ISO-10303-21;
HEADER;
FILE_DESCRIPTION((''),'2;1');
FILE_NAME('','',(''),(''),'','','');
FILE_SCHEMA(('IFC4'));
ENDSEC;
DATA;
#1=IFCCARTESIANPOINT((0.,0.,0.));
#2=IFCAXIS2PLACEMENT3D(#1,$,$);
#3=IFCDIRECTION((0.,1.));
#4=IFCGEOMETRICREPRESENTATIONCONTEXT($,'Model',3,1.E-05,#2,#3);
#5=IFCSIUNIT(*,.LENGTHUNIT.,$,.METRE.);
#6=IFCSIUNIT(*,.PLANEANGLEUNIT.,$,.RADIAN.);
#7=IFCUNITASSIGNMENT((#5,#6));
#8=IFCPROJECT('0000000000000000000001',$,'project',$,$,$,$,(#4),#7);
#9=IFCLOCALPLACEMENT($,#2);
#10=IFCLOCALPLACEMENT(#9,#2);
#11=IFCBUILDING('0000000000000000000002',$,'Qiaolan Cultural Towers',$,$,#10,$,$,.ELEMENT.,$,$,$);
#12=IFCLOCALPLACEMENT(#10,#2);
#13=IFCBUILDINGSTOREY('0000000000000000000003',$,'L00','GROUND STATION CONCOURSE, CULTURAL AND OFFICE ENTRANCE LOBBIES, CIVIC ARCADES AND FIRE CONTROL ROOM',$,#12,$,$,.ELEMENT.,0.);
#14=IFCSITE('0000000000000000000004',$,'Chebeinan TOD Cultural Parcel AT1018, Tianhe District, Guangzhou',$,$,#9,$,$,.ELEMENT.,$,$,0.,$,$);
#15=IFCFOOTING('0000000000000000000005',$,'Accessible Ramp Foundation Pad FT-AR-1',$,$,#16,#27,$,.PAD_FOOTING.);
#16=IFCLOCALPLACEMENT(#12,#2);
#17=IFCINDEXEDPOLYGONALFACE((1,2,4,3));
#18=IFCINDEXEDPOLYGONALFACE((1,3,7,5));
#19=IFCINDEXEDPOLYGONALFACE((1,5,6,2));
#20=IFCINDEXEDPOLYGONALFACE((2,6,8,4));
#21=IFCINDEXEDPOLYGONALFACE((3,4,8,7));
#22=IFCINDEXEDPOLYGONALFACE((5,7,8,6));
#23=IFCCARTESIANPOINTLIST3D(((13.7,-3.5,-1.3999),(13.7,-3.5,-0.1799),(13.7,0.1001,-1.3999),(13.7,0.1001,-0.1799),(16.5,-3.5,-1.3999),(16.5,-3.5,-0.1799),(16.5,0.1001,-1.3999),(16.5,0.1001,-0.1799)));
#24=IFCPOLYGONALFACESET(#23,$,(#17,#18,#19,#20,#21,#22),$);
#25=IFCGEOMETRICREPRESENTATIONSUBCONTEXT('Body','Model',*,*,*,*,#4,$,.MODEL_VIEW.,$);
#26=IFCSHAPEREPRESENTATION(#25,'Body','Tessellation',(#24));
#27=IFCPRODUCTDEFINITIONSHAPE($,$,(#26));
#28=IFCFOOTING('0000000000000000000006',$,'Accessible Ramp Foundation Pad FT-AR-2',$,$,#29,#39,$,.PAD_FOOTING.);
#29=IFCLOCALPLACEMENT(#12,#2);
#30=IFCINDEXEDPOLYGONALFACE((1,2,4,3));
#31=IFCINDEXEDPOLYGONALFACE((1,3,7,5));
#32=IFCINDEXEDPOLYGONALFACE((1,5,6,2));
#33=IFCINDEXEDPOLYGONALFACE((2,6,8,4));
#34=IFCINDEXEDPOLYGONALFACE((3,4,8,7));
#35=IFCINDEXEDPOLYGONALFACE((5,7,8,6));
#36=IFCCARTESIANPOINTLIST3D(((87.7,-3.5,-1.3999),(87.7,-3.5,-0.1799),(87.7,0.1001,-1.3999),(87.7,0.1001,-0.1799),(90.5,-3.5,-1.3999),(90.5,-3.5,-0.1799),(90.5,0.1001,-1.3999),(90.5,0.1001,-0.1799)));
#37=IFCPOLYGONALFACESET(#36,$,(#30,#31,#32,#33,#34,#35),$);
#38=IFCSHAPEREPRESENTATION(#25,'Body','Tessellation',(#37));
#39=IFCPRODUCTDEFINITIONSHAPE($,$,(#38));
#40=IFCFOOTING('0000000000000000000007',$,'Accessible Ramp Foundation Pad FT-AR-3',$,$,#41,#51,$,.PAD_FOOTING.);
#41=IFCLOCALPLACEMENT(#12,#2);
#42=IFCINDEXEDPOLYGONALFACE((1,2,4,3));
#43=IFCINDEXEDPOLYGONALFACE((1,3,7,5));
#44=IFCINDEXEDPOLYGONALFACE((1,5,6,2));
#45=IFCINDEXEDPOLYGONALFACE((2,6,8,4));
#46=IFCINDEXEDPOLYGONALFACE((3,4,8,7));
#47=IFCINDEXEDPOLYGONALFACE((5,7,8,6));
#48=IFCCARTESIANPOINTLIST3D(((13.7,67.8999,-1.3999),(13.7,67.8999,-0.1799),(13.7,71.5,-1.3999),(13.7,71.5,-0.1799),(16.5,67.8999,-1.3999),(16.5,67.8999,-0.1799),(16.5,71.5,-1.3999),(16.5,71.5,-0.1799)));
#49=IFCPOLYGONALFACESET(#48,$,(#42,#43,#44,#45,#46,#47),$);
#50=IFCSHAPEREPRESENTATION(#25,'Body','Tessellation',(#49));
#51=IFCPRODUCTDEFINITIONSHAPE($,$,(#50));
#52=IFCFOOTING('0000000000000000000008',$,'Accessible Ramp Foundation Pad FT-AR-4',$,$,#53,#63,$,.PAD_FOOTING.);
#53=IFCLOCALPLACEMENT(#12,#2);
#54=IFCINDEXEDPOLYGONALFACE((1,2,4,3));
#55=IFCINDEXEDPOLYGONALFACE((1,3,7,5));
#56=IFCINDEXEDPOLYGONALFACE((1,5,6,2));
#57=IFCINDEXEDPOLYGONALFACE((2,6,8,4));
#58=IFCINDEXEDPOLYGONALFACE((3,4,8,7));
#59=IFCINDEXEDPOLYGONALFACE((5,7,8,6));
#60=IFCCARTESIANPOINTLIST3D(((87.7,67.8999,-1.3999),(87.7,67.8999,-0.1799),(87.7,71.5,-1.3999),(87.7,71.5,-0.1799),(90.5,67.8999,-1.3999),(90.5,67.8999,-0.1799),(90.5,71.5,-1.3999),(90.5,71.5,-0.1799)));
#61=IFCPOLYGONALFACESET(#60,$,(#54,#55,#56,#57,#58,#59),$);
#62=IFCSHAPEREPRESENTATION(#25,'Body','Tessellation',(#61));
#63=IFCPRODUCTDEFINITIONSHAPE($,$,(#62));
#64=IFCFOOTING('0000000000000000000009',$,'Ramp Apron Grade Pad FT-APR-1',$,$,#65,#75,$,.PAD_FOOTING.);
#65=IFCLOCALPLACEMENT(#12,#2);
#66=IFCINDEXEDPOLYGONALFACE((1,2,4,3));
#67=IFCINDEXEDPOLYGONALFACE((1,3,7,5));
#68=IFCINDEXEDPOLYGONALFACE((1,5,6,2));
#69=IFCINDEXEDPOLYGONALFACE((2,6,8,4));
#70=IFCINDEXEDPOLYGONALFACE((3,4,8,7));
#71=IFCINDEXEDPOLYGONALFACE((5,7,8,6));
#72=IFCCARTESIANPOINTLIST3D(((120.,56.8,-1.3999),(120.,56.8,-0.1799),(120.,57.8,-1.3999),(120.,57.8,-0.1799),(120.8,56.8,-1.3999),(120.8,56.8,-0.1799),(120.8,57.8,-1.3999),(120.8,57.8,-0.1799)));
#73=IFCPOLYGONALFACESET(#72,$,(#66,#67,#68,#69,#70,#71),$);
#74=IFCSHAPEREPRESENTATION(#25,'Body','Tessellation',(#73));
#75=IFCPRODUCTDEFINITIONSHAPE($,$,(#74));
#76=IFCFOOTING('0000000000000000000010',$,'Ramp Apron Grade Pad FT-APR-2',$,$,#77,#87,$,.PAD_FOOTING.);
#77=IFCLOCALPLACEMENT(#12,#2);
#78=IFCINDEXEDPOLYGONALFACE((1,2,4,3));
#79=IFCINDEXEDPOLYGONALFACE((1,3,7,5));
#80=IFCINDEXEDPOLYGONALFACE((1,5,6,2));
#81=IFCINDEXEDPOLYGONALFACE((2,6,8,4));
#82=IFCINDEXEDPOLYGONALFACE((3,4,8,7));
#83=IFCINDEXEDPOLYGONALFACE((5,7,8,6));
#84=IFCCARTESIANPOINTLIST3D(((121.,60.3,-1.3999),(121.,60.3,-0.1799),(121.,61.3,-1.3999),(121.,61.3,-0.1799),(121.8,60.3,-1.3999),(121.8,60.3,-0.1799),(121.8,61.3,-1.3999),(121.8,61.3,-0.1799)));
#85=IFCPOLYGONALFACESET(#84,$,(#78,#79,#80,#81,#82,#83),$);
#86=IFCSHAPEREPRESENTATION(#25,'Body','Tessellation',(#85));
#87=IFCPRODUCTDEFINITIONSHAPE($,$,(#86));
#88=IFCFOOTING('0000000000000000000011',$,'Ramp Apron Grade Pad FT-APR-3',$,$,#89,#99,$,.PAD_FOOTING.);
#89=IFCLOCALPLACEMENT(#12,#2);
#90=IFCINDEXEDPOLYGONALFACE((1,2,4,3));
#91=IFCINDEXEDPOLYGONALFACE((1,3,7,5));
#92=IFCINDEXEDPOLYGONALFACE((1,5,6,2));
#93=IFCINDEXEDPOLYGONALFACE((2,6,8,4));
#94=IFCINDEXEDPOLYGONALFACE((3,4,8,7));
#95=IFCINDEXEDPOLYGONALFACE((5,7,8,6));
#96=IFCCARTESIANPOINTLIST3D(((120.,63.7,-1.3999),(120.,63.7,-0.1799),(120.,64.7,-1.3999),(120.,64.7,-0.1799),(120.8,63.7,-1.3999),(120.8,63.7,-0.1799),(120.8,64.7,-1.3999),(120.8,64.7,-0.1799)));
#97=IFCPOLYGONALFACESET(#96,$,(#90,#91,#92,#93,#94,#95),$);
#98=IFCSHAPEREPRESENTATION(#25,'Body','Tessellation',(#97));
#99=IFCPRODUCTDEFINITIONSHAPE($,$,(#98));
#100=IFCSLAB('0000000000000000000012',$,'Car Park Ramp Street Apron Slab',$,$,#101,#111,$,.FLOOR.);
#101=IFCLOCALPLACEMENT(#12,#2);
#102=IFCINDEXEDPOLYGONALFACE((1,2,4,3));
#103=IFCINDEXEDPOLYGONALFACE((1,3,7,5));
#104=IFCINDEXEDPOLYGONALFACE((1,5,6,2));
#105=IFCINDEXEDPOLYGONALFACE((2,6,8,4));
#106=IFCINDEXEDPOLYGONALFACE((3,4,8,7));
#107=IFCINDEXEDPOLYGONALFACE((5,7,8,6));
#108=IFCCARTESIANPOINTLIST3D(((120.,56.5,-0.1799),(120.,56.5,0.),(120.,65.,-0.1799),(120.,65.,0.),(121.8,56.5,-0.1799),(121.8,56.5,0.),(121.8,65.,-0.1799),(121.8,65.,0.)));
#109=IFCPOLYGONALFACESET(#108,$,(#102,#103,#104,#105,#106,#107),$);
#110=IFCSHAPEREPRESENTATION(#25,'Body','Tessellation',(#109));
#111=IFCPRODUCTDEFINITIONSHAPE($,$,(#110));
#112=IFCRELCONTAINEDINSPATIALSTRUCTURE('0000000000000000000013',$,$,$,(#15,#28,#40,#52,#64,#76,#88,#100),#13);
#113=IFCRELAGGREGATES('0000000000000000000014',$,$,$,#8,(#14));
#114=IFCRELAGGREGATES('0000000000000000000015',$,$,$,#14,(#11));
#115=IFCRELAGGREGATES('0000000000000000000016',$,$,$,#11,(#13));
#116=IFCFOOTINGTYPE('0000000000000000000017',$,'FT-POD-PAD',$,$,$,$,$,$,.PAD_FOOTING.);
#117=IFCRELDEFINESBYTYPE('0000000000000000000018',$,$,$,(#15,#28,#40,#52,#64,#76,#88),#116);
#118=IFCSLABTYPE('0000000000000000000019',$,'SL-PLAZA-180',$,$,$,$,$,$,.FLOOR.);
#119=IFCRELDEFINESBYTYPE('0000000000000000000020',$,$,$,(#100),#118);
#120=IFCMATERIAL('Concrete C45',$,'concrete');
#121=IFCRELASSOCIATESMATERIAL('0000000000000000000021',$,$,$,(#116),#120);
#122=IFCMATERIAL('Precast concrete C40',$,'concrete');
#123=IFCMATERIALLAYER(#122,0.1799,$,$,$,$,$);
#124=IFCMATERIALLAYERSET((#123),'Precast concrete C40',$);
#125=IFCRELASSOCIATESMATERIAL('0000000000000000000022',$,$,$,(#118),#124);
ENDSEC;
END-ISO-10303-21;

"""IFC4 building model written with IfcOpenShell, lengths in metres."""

from ifc_helpers import new_model, si_unit, direction, frame, origin, place, context, subcontext, project, spatial, polyline, outline, extrude, material, layer, layer_set, type_object, element, save


model = new_model("IFC4")

# Units and contexts
model_context = context("Model", 3, precision=1e-05, world=origin(), true_north=direction((0.0, 1.0)))
body_context = subcontext(model_context, "Body", "Model", "MODEL_VIEW")
ifc_project = project(units=[si_unit("LENGTHUNIT", "METRE"), si_unit("PLANEANGLEUNIT", "RADIAN")], contexts=[model_context])

# Site, building, storey
site_placement = place(None, origin())
site = spatial("IfcSite", under=ifc_project, at=site_placement, Name="Chebeinan TOD Cultural Parcel AT1018, Tianhe District, Guangzhou", CompositionType="ELEMENT", RefElevation=0.0)
building_placement = place(site_placement, origin())
building = spatial("IfcBuilding", under=site, at=building_placement, Name="Qiaolan Cultural Towers", CompositionType="ELEMENT")
storey_placement = place(building_placement, origin())
storey = spatial("IfcBuildingStorey", under=building, at=storey_placement, Name="L00", Description="GROUND STATION CONCOURSE, CULTURAL AND OFFICE ENTRANCE LOBBIES, CIVIC ARCADES AND FIRE CONTROL ROOM", CompositionType="ELEMENT", Elevation=0.0)

# Footings
ifc_material_1 = material(Name="Concrete C45", Category="concrete")
footing_type = type_object("IfcFootingType", Name="FT-POD-PAD", PredefinedType="PAD_FOOTING", material=ifc_material_1)
footing_1_placement = place(storey_placement, frame((0.0, 0.0, -1.3999)))
element("IfcFooting", 1, at=footing_1_placement, inside=storey, type_object=footing_type, Name="Accessible Ramp Foundation Pad FT-AR-1", PredefinedType="PAD_FOOTING", context=body_context, shape_type="SweptSolid", body=[
    extrude(outline(polyline([(13.7, -3.5), (16.5, -3.5), (16.5, 0.1001), (13.7, 0.1001), (13.7, -3.5)])), origin(), (0.0, 0.0, 1.0), 1.22),
])
footing_2_placement = place(storey_placement, frame((0.0, 0.0, -1.3999)))
element("IfcFooting", 2, at=footing_2_placement, inside=storey, type_object=footing_type, Name="Accessible Ramp Foundation Pad FT-AR-2", PredefinedType="PAD_FOOTING", context=body_context, shape_type="SweptSolid", body=[
    extrude(outline(polyline([(87.7, -3.5), (90.5, -3.5), (90.5, 0.1001), (87.7, 0.1001), (87.7, -3.5)])), origin(), (0.0, 0.0, 1.0), 1.22),
])
footing_3_placement = place(storey_placement, frame((0.0, 0.0, -1.3999)))
element("IfcFooting", 3, at=footing_3_placement, inside=storey, type_object=footing_type, Name="Accessible Ramp Foundation Pad FT-AR-3", PredefinedType="PAD_FOOTING", context=body_context, shape_type="SweptSolid", body=[
    extrude(outline(polyline([(13.7, 67.8999), (16.5, 67.8999), (16.5, 71.5), (13.7, 71.5), (13.7, 67.8999)])), origin(), (0.0, 0.0, 1.0), 1.22),
])
footing_4_placement = place(storey_placement, frame((0.0, 0.0, -1.3999)))
element("IfcFooting", 4, at=footing_4_placement, inside=storey, type_object=footing_type, Name="Accessible Ramp Foundation Pad FT-AR-4", PredefinedType="PAD_FOOTING", context=body_context, shape_type="SweptSolid", body=[
    extrude(outline(polyline([(87.7, 67.8999), (90.5, 67.8999), (90.5, 71.5), (87.7, 71.5), (87.7, 67.8999)])), origin(), (0.0, 0.0, 1.0), 1.22),
])
footing_5_placement = place(storey_placement, frame((0.0, 0.0, -1.3999)))
element("IfcFooting", 5, at=footing_5_placement, inside=storey, type_object=footing_type, Name="Ramp Apron Grade Pad FT-APR-1", PredefinedType="PAD_FOOTING", context=body_context, shape_type="SweptSolid", body=[
    extrude(outline(polyline([(120.0, 56.8), (120.8, 56.8), (120.8, 57.8), (120.0, 57.8), (120.0, 56.8)])), origin(), (0.0, 0.0, 1.0), 1.22),
])
footing_6_placement = place(storey_placement, frame((0.0, 0.0, -1.3999)))
element("IfcFooting", 6, at=footing_6_placement, inside=storey, type_object=footing_type, Name="Ramp Apron Grade Pad FT-APR-2", PredefinedType="PAD_FOOTING", context=body_context, shape_type="SweptSolid", body=[
    extrude(outline(polyline([(121.0, 60.3), (121.8, 60.3), (121.8, 61.3), (121.0, 61.3), (121.0, 60.3)])), origin(), (0.0, 0.0, 1.0), 1.22),
])
footing_7_placement = place(storey_placement, frame((0.0, 0.0, -1.3999)))
element("IfcFooting", 7, at=footing_7_placement, inside=storey, type_object=footing_type, Name="Ramp Apron Grade Pad FT-APR-3", PredefinedType="PAD_FOOTING", context=body_context, shape_type="SweptSolid", body=[
    extrude(outline(polyline([(120.0, 63.7), (120.8, 63.7), (120.8, 64.7), (120.0, 64.7), (120.0, 63.7)])), origin(), (0.0, 0.0, 1.0), 1.22),
])

# Slab
ifc_material_2 = material(Name="Precast concrete C40", Category="concrete")
ifc_layer_1 = layer(ifc_material_2, 0.1799)
ifc_layer_set_1 = layer_set([ifc_layer_1], Name="Precast concrete C40")
slab_type_1 = type_object("IfcSlabType", Name="SL-PLAZA-180", PredefinedType="FLOOR", material=ifc_layer_set_1)
slab_1_placement = place(storey_placement, frame((0.0, 0.0, -0.1799)))
element("IfcSlab", 8, at=slab_1_placement, inside=storey, type_object=slab_type_1, Name="Car Park Ramp Street Apron Slab", PredefinedType="FLOOR", context=body_context, shape_type="SweptSolid", body=[
    extrude(outline(polyline([(120.0, 56.5), (121.8, 56.5), (121.8, 65.0), (120.0, 65.0), (120.0, 56.5)])), origin(), (0.0, 0.0, 1.0), 0.1799),
])

save(model, "model.ifc")
